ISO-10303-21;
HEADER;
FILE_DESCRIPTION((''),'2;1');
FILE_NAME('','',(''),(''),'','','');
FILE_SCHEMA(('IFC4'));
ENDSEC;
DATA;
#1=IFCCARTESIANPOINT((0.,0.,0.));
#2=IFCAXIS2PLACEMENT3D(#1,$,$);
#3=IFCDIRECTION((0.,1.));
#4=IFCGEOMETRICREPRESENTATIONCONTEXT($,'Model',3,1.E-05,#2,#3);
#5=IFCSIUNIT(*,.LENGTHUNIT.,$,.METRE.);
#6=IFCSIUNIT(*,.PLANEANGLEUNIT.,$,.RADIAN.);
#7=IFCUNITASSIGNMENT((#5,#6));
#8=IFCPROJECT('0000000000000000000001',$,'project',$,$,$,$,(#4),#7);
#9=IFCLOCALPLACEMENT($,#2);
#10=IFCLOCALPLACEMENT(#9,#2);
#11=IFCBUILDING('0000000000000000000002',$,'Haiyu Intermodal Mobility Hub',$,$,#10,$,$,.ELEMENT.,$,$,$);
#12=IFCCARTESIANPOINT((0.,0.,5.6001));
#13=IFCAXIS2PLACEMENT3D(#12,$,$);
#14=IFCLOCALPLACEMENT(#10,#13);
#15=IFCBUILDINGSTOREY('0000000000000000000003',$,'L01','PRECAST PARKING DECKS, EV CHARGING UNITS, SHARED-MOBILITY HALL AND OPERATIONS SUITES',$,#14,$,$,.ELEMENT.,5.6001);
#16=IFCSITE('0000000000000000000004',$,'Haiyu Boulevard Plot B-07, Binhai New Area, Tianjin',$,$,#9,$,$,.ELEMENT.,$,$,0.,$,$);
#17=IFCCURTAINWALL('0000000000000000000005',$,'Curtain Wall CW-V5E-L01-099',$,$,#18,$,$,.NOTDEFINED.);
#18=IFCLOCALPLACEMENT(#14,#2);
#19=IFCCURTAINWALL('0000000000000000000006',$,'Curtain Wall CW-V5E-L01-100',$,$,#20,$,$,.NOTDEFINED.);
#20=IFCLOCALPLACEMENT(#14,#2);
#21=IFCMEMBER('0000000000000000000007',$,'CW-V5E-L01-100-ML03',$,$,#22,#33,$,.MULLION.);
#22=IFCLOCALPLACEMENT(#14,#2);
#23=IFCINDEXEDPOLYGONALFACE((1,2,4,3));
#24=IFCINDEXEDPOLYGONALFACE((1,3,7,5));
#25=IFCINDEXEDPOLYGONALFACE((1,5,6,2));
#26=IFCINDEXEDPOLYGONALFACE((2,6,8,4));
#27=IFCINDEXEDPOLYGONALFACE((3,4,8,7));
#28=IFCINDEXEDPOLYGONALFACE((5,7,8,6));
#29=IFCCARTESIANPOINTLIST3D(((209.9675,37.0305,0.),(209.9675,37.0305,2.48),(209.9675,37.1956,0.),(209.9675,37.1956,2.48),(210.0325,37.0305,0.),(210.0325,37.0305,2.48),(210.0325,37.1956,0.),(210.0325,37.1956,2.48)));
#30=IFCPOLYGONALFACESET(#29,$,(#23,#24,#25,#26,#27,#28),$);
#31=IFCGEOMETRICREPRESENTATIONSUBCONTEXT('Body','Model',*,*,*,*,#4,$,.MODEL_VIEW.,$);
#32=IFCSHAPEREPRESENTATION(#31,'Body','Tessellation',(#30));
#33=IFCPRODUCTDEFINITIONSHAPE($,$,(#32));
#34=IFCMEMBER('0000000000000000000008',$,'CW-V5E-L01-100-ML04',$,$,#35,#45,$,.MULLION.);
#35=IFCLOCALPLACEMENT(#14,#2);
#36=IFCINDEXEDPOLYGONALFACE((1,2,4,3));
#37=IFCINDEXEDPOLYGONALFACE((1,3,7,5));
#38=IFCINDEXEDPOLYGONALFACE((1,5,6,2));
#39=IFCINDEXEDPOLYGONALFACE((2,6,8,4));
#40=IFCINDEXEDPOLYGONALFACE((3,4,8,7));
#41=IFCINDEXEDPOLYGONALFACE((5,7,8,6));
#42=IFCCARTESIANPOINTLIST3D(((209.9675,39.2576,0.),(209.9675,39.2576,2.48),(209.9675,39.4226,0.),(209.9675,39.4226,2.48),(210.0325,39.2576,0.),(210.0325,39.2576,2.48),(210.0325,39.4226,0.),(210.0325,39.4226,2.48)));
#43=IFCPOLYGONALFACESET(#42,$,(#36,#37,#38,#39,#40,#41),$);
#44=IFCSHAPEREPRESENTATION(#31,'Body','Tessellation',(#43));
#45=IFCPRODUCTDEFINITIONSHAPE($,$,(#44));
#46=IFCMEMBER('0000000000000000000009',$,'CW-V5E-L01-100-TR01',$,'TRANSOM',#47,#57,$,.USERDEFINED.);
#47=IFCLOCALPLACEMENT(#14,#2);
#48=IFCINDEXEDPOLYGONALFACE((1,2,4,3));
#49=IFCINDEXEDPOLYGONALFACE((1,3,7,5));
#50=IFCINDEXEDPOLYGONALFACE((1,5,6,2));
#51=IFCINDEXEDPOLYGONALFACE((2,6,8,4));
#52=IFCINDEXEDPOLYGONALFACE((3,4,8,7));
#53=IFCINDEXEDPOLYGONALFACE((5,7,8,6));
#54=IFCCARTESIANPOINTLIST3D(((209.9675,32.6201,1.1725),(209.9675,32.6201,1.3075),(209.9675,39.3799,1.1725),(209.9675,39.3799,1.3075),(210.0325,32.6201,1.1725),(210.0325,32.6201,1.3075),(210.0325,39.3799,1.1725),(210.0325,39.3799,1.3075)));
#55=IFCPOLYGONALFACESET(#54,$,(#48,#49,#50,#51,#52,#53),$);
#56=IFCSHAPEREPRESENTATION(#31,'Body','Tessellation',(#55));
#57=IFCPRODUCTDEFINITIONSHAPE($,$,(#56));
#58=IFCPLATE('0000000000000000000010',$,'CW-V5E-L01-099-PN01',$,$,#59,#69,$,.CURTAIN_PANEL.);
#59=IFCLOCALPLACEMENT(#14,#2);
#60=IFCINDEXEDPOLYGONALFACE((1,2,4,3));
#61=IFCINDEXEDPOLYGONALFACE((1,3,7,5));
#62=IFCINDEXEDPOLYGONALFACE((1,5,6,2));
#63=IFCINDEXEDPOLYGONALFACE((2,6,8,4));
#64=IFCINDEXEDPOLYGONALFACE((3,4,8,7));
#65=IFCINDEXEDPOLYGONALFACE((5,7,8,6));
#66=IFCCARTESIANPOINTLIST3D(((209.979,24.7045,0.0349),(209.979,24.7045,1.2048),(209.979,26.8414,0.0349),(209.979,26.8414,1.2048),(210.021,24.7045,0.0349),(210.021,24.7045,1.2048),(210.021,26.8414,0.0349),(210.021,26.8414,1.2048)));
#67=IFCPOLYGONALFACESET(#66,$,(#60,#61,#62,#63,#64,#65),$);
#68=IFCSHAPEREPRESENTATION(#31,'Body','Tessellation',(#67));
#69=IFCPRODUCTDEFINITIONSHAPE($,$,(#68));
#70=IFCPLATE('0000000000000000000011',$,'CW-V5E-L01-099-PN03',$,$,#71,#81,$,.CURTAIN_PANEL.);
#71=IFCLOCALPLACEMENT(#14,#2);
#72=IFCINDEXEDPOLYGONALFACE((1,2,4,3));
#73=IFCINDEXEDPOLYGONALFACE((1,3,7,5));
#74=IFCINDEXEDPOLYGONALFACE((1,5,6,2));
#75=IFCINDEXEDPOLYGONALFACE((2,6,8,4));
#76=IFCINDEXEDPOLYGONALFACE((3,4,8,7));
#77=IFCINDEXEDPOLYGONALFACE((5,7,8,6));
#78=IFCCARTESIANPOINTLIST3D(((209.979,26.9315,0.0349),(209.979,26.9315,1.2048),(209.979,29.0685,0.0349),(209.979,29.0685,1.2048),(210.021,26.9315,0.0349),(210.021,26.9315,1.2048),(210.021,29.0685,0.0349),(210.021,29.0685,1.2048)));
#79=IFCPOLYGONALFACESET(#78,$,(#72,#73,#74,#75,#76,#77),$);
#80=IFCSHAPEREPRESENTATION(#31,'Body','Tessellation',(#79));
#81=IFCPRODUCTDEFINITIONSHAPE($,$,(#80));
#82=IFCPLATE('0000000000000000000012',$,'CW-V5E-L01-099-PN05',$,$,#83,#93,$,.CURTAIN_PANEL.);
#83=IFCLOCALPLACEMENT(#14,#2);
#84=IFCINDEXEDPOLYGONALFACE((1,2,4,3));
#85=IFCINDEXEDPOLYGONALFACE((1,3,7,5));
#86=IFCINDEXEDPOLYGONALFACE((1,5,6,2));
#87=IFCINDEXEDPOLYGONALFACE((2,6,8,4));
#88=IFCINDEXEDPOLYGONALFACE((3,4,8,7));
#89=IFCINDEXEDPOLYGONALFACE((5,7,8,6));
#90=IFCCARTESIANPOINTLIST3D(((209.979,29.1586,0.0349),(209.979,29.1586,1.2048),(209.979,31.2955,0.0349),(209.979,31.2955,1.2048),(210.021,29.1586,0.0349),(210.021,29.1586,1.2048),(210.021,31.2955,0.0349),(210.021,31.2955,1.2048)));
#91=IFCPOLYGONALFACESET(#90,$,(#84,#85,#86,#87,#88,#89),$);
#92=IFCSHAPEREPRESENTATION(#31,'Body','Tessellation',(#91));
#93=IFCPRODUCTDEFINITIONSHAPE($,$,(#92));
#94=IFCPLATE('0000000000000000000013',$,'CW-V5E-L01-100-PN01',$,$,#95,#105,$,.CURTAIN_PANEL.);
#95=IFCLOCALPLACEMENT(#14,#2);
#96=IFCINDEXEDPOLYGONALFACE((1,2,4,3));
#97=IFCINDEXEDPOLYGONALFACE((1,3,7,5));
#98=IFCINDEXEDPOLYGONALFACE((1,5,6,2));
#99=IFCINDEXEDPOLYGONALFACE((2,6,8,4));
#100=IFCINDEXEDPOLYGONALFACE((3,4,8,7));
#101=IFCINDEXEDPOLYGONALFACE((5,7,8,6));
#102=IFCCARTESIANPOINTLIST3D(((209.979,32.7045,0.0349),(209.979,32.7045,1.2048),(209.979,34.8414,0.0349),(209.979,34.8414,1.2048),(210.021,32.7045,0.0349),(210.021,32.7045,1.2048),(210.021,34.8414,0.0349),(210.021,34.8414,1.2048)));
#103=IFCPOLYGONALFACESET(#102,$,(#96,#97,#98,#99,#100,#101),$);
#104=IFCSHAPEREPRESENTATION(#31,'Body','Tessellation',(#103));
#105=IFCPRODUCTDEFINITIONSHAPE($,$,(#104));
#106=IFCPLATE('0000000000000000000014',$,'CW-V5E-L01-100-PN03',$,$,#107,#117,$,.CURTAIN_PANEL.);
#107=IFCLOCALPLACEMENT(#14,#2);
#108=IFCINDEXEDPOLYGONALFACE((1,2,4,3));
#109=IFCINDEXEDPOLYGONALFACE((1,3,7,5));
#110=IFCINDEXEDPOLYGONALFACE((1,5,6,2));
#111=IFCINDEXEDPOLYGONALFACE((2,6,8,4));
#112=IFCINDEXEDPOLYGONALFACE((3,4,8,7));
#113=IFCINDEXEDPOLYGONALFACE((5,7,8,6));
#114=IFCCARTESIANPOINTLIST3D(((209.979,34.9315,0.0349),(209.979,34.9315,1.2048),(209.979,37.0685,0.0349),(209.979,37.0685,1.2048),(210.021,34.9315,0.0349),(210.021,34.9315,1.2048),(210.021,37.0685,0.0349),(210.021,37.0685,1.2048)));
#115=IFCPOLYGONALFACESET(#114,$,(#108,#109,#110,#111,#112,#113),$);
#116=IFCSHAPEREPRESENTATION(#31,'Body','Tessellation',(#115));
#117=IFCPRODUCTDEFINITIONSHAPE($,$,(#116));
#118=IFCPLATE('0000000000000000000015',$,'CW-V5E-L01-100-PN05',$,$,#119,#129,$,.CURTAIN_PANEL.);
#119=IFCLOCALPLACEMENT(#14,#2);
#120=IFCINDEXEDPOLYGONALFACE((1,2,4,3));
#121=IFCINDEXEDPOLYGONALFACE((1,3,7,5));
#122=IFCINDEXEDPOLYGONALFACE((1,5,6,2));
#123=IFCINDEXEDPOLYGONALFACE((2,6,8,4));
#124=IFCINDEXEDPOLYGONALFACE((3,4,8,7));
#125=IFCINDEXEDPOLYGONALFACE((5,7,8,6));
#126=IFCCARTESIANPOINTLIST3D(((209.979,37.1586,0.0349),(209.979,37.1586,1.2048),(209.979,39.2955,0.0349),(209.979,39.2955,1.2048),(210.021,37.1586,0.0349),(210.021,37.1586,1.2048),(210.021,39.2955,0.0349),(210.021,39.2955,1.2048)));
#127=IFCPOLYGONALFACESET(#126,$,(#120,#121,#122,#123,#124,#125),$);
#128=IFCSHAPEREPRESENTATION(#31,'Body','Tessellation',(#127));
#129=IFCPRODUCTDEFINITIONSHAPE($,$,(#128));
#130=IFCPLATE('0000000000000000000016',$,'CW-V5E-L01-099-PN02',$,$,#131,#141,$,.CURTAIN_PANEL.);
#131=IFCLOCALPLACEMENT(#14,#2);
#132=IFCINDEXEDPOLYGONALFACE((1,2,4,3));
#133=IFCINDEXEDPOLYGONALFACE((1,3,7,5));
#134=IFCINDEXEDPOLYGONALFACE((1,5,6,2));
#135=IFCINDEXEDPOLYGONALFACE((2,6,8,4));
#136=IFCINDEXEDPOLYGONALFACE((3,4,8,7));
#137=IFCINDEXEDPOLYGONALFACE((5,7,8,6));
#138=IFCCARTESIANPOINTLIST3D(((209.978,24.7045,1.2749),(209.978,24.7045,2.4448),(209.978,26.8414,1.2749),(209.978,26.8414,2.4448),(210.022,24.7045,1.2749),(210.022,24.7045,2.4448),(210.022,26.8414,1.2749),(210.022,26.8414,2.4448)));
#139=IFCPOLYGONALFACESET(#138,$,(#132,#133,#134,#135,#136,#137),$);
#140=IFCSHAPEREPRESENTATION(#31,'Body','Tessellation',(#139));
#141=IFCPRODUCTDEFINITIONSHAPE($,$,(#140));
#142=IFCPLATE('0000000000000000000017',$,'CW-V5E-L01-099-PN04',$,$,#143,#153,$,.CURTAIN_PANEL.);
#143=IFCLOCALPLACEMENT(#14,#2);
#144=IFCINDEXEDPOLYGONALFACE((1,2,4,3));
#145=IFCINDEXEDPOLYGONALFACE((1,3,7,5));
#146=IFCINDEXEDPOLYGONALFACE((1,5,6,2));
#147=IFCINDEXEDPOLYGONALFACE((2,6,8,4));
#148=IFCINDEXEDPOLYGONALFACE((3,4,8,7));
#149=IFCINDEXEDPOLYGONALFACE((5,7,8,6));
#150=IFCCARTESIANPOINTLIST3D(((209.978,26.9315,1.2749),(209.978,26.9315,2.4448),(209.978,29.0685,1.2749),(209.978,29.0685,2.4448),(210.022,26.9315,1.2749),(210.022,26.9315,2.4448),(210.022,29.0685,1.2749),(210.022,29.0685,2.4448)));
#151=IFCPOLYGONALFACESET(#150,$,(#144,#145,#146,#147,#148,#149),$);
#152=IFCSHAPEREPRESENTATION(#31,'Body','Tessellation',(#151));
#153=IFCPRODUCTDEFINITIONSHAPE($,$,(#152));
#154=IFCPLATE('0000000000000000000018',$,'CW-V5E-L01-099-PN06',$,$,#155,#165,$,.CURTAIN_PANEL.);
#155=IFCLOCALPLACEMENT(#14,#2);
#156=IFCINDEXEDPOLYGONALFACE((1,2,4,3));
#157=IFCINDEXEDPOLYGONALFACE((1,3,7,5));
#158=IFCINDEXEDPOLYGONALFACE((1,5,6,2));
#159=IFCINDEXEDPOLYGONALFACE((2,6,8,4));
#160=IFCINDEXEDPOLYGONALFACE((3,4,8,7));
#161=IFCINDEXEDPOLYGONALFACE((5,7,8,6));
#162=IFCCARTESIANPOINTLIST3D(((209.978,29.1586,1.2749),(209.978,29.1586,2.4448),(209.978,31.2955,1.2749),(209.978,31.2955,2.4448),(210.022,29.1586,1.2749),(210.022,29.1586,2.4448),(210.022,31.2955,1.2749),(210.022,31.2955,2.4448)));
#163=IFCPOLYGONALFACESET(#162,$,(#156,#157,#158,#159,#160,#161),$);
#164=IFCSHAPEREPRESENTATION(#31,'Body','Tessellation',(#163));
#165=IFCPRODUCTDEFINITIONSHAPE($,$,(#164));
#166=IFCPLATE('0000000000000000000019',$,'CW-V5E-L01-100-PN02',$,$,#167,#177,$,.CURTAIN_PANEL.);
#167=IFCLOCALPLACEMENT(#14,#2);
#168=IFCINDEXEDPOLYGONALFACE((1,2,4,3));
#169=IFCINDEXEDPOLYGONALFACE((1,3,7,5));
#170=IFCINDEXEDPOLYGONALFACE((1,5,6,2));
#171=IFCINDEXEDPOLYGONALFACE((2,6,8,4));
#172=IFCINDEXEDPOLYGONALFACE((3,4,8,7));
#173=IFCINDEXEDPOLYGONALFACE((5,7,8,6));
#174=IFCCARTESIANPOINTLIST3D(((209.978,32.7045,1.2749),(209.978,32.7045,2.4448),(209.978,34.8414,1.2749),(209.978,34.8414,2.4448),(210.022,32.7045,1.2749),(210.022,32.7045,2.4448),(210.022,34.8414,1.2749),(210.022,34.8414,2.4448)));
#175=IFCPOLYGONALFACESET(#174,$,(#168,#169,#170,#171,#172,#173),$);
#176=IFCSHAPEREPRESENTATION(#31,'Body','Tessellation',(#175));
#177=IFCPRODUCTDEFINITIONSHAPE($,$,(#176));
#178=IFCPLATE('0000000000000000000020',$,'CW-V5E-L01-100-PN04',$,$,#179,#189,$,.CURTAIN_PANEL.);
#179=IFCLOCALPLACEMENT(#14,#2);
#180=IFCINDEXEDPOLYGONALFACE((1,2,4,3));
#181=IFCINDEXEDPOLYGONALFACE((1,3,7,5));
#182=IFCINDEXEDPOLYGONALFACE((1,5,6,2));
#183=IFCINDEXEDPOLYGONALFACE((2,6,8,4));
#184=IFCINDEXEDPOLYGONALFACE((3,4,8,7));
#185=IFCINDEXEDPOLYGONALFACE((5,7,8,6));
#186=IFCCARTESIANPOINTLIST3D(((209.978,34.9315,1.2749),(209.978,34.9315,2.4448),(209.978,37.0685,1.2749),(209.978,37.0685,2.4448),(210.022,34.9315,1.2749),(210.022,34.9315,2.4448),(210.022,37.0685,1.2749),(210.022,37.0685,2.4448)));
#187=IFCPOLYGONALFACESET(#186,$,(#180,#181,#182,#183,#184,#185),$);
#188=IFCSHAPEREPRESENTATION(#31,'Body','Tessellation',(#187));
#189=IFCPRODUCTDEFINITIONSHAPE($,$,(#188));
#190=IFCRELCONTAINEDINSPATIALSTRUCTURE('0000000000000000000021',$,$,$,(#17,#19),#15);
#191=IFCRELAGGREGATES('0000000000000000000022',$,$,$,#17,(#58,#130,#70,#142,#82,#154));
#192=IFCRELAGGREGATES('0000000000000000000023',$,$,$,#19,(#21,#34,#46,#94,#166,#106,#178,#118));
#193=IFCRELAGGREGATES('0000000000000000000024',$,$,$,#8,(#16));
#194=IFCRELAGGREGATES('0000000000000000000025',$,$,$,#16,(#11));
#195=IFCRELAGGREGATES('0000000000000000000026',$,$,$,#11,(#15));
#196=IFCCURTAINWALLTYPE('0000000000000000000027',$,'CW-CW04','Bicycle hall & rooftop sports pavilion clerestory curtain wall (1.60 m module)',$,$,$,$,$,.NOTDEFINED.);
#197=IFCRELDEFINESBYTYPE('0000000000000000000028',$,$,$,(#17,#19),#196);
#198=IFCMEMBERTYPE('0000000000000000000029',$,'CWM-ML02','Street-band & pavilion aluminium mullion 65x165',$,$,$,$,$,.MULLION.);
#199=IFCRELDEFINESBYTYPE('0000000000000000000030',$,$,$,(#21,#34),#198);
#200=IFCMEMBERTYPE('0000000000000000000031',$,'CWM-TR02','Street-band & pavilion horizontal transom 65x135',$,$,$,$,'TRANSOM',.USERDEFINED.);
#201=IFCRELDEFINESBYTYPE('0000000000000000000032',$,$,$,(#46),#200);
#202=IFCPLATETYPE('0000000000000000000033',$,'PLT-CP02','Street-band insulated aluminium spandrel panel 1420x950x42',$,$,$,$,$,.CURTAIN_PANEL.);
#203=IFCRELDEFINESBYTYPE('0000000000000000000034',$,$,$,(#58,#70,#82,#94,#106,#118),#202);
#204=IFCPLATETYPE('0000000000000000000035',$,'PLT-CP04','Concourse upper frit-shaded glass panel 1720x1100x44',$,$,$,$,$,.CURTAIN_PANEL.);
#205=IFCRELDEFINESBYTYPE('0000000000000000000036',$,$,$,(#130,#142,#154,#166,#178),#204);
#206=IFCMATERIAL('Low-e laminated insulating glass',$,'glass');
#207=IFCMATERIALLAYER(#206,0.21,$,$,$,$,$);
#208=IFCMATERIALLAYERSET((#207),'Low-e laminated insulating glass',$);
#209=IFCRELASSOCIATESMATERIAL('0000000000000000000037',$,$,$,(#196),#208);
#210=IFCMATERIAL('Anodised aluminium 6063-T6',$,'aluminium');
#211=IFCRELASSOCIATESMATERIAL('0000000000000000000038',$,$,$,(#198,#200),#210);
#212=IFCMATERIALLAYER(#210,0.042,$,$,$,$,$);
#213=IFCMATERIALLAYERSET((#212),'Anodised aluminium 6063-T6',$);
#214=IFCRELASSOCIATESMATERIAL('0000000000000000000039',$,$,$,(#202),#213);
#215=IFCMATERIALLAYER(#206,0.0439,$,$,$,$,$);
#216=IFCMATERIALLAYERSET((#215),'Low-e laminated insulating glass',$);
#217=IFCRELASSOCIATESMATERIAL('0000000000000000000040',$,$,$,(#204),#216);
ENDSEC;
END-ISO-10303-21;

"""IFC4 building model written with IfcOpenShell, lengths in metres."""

from ifc_helpers import new_model, si_unit, direction, frame, origin, origin_2d, place, context, subcontext, project, spatial, rectangle, extrude, material, layer, layer_set, material_profile, profile_set, type_object, element, aggregate, save


model = new_model("IFC4")

# Units and contexts
model_context = context("Model", 3, precision=1e-05, world=origin(), true_north=direction((0.0, 1.0)))
body_context = subcontext(model_context, "Body", "Model", "MODEL_VIEW")
ifc_project = project(units=[si_unit("LENGTHUNIT", "METRE"), si_unit("PLANEANGLEUNIT", "RADIAN")], contexts=[model_context])

# Site, building, storey
site_placement = place(None, origin())
site = spatial("IfcSite", under=ifc_project, at=site_placement, Name="Haiyu Boulevard Plot B-07, Binhai New Area, Tianjin", CompositionType="ELEMENT", RefElevation=0.0)
building_placement = place(site_placement, origin())
building = spatial("IfcBuilding", under=site, at=building_placement, Name="Haiyu Intermodal Mobility Hub", CompositionType="ELEMENT")
storey_placement = place(building_placement, frame((0.0, 0.0, 5.6001)))
storey = spatial("IfcBuildingStorey", under=building, at=storey_placement, Name="L01", Description="PRECAST PARKING DECKS, EV CHARGING UNITS, SHARED-MOBILITY HALL AND OPERATIONS SUITES", CompositionType="ELEMENT", Elevation=5.6001)

# Curtain walls, members
ifc_material_1 = material(Name="Low-e laminated insulating glass", Category="glass")
ifc_layer_1 = layer(ifc_material_1, 0.21)
ifc_layer_set_1 = layer_set([ifc_layer_1], Name="Low-e laminated insulating glass")
curtain_wall_type = type_object("IfcCurtainWallType", Name="CW-CW04", Description="Bicycle hall & rooftop sports pavilion clerestory curtain wall (1.60 m module)", PredefinedType="NOTDEFINED", material=ifc_layer_set_1)
curtain_wall_1_placement = place(storey_placement, origin())
curtain_wall_1 = element("IfcCurtainWall", 1, at=curtain_wall_1_placement, inside=storey, type_object=curtain_wall_type, Name="Curtain Wall CW-V5E-L01-099", PredefinedType="NOTDEFINED")
ifc_material_2 = material(Name="Anodised aluminium 6063-T6", Category="aluminium")
ifc_material_profile_1 = material_profile(ifc_material_2, rectangle(XDim=0.0649, YDim=0.165, at=origin_2d()), Name="ALU65x165")
ifc_profile_set_1 = profile_set([ifc_material_profile_1], Name="Anodised aluminium 6063-T6")
member_type_1 = type_object("IfcMemberType", Name="CWM-ML02", Description="Street-band & pavilion aluminium mullion 65x165", PredefinedType="MULLION", material=ifc_profile_set_1)
curtain_wall_2_placement = place(storey_placement, origin())
curtain_wall_2 = element("IfcCurtainWall", 2, at=curtain_wall_2_placement, inside=storey, type_object=curtain_wall_type, Name="Curtain Wall CW-V5E-L01-100", PredefinedType="NOTDEFINED")
member_1_placement = place(storey_placement, frame((210.0, 37.113, 0.0), z_axis=(0.0, 0.0, 1.0), x_axis=(1.0, 0.0, 0.0)))
member_1 = element("IfcMember", 3, at=member_1_placement, type_object=member_type_1, Name="CW-V5E-L01-100-ML03", PredefinedType="MULLION", context=body_context, shape_type="SweptSolid", body=[
    extrude(rectangle(XDim=0.0649, YDim=0.165, at=origin_2d()), origin(), (0.0, 0.0, 1.0), 2.48),
])
member_2_placement = place(storey_placement, frame((210.0, 39.3401, 0.0), z_axis=(0.0, 0.0, 1.0), x_axis=(1.0, 0.0, 0.0)))
member_2 = element("IfcMember", 4, at=member_2_placement, type_object=member_type_1, Name="CW-V5E-L01-100-ML04", PredefinedType="MULLION", context=body_context, shape_type="SweptSolid", body=[
    extrude(rectangle(XDim=0.0649, YDim=0.165, at=origin_2d()), origin(), (0.0, 0.0, 1.0), 2.48),
])
ifc_material_profile_2 = material_profile(ifc_material_2, rectangle(XDim=0.0649, YDim=0.135, at=origin_2d()), Name="ALU65x135")
ifc_profile_set_2 = profile_set([ifc_material_profile_2], Name="Anodised aluminium 6063-T6")
member_type_2 = type_object("IfcMemberType", Name="CWM-TR02", Description="Street-band & pavilion horizontal transom 65x135", ElementType="TRANSOM", PredefinedType="USERDEFINED", material=ifc_profile_set_2)
member_3_placement = place(storey_placement, frame((210.0, 32.6201, 1.24), z_axis=(0.0, 1.0, 0.0), x_axis=(-1.0, 0.0, 0.0)))
member_3 = element("IfcMember", 5, at=member_3_placement, type_object=member_type_2, Name="CW-V5E-L01-100-TR01", ObjectType="TRANSOM", PredefinedType="USERDEFINED", context=body_context, shape_type="SweptSolid", body=[
    extrude(rectangle(XDim=0.0649, YDim=0.135, at=origin_2d()), origin(), (0.0, 0.0, 1.0), 6.7598),
])

# Plates
ifc_layer_2 = layer(ifc_material_2, 0.042)
ifc_layer_set_2 = layer_set([ifc_layer_2], Name="Anodised aluminium 6063-T6")
plate_type_1 = type_object("IfcPlateType", Name="PLT-CP02", Description="Street-band insulated aluminium spandrel panel 1420x950x42", PredefinedType="CURTAIN_PANEL", material=ifc_layer_set_2)
plate_1_placement = place(storey_placement, frame((210.0, 25.7729, 0.0349), z_axis=(0.0, 0.0, 1.0), x_axis=(0.0, 1.0, 0.0)))
plate_1 = element("IfcPlate", 6, at=plate_1_placement, type_object=plate_type_1, Name="CW-V5E-L01-099-PN01", PredefinedType="CURTAIN_PANEL", context=body_context, shape_type="SweptSolid", body=[
    extrude(rectangle(XDim=2.137, YDim=0.042, at=origin_2d()), origin(), (0.0, 0.0, 1.0), 1.1699),
])
plate_2_placement = place(storey_placement, frame((210.0, 28.0, 0.0349), z_axis=(0.0, 0.0, 1.0), x_axis=(0.0, 1.0, 0.0)))
plate_2 = element("IfcPlate", 7, at=plate_2_placement, type_object=plate_type_1, Name="CW-V5E-L01-099-PN03", PredefinedType="CURTAIN_PANEL", context=body_context, shape_type="SweptSolid", body=[
    extrude(rectangle(XDim=2.137, YDim=0.042, at=origin_2d()), origin(), (0.0, 0.0, 1.0), 1.1699),
])
plate_3_placement = place(storey_placement, frame((210.0, 30.2271, 0.0349), z_axis=(0.0, 0.0, 1.0), x_axis=(0.0, 1.0, 0.0)))
plate_3 = element("IfcPlate", 8, at=plate_3_placement, type_object=plate_type_1, Name="CW-V5E-L01-099-PN05", PredefinedType="CURTAIN_PANEL", context=body_context, shape_type="SweptSolid", body=[
    extrude(rectangle(XDim=2.137, YDim=0.042, at=origin_2d()), origin(), (0.0, 0.0, 1.0), 1.1699),
])
plate_4_placement = place(storey_placement, frame((210.0, 33.7729, 0.0349), z_axis=(0.0, 0.0, 1.0), x_axis=(0.0, 1.0, 0.0)))
plate_4 = element("IfcPlate", 9, at=plate_4_placement, type_object=plate_type_1, Name="CW-V5E-L01-100-PN01", PredefinedType="CURTAIN_PANEL", context=body_context, shape_type="SweptSolid", body=[
    extrude(rectangle(XDim=2.137, YDim=0.042, at=origin_2d()), origin(), (0.0, 0.0, 1.0), 1.1699),
])
plate_5_placement = place(storey_placement, frame((210.0, 36.0, 0.0349), z_axis=(0.0, 0.0, 1.0), x_axis=(0.0, 1.0, 0.0)))
plate_5 = element("IfcPlate", 10, at=plate_5_placement, type_object=plate_type_1, Name="CW-V5E-L01-100-PN03", PredefinedType="CURTAIN_PANEL", context=body_context, shape_type="SweptSolid", body=[
    extrude(rectangle(XDim=2.137, YDim=0.042, at=origin_2d()), origin(), (0.0, 0.0, 1.0), 1.1699),
])
plate_6_placement = place(storey_placement, frame((210.0, 38.2271, 0.0349), z_axis=(0.0, 0.0, 1.0), x_axis=(0.0, 1.0, 0.0)))
plate_6 = element("IfcPlate", 11, at=plate_6_placement, type_object=plate_type_1, Name="CW-V5E-L01-100-PN05", PredefinedType="CURTAIN_PANEL", context=body_context, shape_type="SweptSolid", body=[
    extrude(rectangle(XDim=2.137, YDim=0.042, at=origin_2d()), origin(), (0.0, 0.0, 1.0), 1.1699),
])
ifc_layer_3 = layer(ifc_material_1, 0.0439)
ifc_layer_set_3 = layer_set([ifc_layer_3], Name="Low-e laminated insulating glass")
plate_type_2 = type_object("IfcPlateType", Name="PLT-CP04", Description="Concourse upper frit-shaded glass panel 1720x1100x44", PredefinedType="CURTAIN_PANEL", material=ifc_layer_set_3)
plate_7_placement = place(storey_placement, frame((210.0, 25.7729, 1.2749), z_axis=(0.0, 0.0, 1.0), x_axis=(0.0, 1.0, 0.0)))
plate_7 = element("IfcPlate", 12, at=plate_7_placement, type_object=plate_type_2, Name="CW-V5E-L01-099-PN02", PredefinedType="CURTAIN_PANEL", context=body_context, shape_type="SweptSolid", body=[
    extrude(rectangle(XDim=2.137, YDim=0.0439, at=origin_2d()), origin(), (0.0, 0.0, 1.0), 1.1699),
])
plate_8_placement = place(storey_placement, frame((210.0, 28.0, 1.2749), z_axis=(0.0, 0.0, 1.0), x_axis=(0.0, 1.0, 0.0)))
plate_8 = element("IfcPlate", 13, at=plate_8_placement, type_object=plate_type_2, Name="CW-V5E-L01-099-PN04", PredefinedType="CURTAIN_PANEL", context=body_context, shape_type="SweptSolid", body=[
    extrude(rectangle(XDim=2.137, YDim=0.0439, at=origin_2d()), origin(), (0.0, 0.0, 1.0), 1.1699),
])
plate_9_placement = place(storey_placement, frame((210.0, 30.2271, 1.2749), z_axis=(0.0, 0.0, 1.0), x_axis=(0.0, 1.0, 0.0)))
plate_9 = element("IfcPlate", 14, at=plate_9_placement, type_object=plate_type_2, Name="CW-V5E-L01-099-PN06", PredefinedType="CURTAIN_PANEL", context=body_context, shape_type="SweptSolid", body=[
    extrude(rectangle(XDim=2.137, YDim=0.0439, at=origin_2d()), origin(), (0.0, 0.0, 1.0), 1.1699),
])
aggregate(curtain_wall_1, [plate_1, plate_7, plate_2, plate_8, plate_3, plate_9])
plate_10_placement = place(storey_placement, frame((210.0, 33.7729, 1.2749), z_axis=(0.0, 0.0, 1.0), x_axis=(0.0, 1.0, 0.0)))
plate_10 = element("IfcPlate", 15, at=plate_10_placement, type_object=plate_type_2, Name="CW-V5E-L01-100-PN02", PredefinedType="CURTAIN_PANEL", context=body_context, shape_type="SweptSolid", body=[
    extrude(rectangle(XDim=2.137, YDim=0.0439, at=origin_2d()), origin(), (0.0, 0.0, 1.0), 1.1699),
])
plate_11_placement = place(storey_placement, frame((210.0, 36.0, 1.2749), z_axis=(0.0, 0.0, 1.0), x_axis=(0.0, 1.0, 0.0)))
plate_11 = element("IfcPlate", 16, at=plate_11_placement, type_object=plate_type_2, Name="CW-V5E-L01-100-PN04", PredefinedType="CURTAIN_PANEL", context=body_context, shape_type="SweptSolid", body=[
    extrude(rectangle(XDim=2.137, YDim=0.0439, at=origin_2d()), origin(), (0.0, 0.0, 1.0), 1.1699),
])
aggregate(curtain_wall_2, [member_1, member_2, member_3, plate_4, plate_10, plate_5, plate_11, plate_6])

save(model, "model.ifc")
